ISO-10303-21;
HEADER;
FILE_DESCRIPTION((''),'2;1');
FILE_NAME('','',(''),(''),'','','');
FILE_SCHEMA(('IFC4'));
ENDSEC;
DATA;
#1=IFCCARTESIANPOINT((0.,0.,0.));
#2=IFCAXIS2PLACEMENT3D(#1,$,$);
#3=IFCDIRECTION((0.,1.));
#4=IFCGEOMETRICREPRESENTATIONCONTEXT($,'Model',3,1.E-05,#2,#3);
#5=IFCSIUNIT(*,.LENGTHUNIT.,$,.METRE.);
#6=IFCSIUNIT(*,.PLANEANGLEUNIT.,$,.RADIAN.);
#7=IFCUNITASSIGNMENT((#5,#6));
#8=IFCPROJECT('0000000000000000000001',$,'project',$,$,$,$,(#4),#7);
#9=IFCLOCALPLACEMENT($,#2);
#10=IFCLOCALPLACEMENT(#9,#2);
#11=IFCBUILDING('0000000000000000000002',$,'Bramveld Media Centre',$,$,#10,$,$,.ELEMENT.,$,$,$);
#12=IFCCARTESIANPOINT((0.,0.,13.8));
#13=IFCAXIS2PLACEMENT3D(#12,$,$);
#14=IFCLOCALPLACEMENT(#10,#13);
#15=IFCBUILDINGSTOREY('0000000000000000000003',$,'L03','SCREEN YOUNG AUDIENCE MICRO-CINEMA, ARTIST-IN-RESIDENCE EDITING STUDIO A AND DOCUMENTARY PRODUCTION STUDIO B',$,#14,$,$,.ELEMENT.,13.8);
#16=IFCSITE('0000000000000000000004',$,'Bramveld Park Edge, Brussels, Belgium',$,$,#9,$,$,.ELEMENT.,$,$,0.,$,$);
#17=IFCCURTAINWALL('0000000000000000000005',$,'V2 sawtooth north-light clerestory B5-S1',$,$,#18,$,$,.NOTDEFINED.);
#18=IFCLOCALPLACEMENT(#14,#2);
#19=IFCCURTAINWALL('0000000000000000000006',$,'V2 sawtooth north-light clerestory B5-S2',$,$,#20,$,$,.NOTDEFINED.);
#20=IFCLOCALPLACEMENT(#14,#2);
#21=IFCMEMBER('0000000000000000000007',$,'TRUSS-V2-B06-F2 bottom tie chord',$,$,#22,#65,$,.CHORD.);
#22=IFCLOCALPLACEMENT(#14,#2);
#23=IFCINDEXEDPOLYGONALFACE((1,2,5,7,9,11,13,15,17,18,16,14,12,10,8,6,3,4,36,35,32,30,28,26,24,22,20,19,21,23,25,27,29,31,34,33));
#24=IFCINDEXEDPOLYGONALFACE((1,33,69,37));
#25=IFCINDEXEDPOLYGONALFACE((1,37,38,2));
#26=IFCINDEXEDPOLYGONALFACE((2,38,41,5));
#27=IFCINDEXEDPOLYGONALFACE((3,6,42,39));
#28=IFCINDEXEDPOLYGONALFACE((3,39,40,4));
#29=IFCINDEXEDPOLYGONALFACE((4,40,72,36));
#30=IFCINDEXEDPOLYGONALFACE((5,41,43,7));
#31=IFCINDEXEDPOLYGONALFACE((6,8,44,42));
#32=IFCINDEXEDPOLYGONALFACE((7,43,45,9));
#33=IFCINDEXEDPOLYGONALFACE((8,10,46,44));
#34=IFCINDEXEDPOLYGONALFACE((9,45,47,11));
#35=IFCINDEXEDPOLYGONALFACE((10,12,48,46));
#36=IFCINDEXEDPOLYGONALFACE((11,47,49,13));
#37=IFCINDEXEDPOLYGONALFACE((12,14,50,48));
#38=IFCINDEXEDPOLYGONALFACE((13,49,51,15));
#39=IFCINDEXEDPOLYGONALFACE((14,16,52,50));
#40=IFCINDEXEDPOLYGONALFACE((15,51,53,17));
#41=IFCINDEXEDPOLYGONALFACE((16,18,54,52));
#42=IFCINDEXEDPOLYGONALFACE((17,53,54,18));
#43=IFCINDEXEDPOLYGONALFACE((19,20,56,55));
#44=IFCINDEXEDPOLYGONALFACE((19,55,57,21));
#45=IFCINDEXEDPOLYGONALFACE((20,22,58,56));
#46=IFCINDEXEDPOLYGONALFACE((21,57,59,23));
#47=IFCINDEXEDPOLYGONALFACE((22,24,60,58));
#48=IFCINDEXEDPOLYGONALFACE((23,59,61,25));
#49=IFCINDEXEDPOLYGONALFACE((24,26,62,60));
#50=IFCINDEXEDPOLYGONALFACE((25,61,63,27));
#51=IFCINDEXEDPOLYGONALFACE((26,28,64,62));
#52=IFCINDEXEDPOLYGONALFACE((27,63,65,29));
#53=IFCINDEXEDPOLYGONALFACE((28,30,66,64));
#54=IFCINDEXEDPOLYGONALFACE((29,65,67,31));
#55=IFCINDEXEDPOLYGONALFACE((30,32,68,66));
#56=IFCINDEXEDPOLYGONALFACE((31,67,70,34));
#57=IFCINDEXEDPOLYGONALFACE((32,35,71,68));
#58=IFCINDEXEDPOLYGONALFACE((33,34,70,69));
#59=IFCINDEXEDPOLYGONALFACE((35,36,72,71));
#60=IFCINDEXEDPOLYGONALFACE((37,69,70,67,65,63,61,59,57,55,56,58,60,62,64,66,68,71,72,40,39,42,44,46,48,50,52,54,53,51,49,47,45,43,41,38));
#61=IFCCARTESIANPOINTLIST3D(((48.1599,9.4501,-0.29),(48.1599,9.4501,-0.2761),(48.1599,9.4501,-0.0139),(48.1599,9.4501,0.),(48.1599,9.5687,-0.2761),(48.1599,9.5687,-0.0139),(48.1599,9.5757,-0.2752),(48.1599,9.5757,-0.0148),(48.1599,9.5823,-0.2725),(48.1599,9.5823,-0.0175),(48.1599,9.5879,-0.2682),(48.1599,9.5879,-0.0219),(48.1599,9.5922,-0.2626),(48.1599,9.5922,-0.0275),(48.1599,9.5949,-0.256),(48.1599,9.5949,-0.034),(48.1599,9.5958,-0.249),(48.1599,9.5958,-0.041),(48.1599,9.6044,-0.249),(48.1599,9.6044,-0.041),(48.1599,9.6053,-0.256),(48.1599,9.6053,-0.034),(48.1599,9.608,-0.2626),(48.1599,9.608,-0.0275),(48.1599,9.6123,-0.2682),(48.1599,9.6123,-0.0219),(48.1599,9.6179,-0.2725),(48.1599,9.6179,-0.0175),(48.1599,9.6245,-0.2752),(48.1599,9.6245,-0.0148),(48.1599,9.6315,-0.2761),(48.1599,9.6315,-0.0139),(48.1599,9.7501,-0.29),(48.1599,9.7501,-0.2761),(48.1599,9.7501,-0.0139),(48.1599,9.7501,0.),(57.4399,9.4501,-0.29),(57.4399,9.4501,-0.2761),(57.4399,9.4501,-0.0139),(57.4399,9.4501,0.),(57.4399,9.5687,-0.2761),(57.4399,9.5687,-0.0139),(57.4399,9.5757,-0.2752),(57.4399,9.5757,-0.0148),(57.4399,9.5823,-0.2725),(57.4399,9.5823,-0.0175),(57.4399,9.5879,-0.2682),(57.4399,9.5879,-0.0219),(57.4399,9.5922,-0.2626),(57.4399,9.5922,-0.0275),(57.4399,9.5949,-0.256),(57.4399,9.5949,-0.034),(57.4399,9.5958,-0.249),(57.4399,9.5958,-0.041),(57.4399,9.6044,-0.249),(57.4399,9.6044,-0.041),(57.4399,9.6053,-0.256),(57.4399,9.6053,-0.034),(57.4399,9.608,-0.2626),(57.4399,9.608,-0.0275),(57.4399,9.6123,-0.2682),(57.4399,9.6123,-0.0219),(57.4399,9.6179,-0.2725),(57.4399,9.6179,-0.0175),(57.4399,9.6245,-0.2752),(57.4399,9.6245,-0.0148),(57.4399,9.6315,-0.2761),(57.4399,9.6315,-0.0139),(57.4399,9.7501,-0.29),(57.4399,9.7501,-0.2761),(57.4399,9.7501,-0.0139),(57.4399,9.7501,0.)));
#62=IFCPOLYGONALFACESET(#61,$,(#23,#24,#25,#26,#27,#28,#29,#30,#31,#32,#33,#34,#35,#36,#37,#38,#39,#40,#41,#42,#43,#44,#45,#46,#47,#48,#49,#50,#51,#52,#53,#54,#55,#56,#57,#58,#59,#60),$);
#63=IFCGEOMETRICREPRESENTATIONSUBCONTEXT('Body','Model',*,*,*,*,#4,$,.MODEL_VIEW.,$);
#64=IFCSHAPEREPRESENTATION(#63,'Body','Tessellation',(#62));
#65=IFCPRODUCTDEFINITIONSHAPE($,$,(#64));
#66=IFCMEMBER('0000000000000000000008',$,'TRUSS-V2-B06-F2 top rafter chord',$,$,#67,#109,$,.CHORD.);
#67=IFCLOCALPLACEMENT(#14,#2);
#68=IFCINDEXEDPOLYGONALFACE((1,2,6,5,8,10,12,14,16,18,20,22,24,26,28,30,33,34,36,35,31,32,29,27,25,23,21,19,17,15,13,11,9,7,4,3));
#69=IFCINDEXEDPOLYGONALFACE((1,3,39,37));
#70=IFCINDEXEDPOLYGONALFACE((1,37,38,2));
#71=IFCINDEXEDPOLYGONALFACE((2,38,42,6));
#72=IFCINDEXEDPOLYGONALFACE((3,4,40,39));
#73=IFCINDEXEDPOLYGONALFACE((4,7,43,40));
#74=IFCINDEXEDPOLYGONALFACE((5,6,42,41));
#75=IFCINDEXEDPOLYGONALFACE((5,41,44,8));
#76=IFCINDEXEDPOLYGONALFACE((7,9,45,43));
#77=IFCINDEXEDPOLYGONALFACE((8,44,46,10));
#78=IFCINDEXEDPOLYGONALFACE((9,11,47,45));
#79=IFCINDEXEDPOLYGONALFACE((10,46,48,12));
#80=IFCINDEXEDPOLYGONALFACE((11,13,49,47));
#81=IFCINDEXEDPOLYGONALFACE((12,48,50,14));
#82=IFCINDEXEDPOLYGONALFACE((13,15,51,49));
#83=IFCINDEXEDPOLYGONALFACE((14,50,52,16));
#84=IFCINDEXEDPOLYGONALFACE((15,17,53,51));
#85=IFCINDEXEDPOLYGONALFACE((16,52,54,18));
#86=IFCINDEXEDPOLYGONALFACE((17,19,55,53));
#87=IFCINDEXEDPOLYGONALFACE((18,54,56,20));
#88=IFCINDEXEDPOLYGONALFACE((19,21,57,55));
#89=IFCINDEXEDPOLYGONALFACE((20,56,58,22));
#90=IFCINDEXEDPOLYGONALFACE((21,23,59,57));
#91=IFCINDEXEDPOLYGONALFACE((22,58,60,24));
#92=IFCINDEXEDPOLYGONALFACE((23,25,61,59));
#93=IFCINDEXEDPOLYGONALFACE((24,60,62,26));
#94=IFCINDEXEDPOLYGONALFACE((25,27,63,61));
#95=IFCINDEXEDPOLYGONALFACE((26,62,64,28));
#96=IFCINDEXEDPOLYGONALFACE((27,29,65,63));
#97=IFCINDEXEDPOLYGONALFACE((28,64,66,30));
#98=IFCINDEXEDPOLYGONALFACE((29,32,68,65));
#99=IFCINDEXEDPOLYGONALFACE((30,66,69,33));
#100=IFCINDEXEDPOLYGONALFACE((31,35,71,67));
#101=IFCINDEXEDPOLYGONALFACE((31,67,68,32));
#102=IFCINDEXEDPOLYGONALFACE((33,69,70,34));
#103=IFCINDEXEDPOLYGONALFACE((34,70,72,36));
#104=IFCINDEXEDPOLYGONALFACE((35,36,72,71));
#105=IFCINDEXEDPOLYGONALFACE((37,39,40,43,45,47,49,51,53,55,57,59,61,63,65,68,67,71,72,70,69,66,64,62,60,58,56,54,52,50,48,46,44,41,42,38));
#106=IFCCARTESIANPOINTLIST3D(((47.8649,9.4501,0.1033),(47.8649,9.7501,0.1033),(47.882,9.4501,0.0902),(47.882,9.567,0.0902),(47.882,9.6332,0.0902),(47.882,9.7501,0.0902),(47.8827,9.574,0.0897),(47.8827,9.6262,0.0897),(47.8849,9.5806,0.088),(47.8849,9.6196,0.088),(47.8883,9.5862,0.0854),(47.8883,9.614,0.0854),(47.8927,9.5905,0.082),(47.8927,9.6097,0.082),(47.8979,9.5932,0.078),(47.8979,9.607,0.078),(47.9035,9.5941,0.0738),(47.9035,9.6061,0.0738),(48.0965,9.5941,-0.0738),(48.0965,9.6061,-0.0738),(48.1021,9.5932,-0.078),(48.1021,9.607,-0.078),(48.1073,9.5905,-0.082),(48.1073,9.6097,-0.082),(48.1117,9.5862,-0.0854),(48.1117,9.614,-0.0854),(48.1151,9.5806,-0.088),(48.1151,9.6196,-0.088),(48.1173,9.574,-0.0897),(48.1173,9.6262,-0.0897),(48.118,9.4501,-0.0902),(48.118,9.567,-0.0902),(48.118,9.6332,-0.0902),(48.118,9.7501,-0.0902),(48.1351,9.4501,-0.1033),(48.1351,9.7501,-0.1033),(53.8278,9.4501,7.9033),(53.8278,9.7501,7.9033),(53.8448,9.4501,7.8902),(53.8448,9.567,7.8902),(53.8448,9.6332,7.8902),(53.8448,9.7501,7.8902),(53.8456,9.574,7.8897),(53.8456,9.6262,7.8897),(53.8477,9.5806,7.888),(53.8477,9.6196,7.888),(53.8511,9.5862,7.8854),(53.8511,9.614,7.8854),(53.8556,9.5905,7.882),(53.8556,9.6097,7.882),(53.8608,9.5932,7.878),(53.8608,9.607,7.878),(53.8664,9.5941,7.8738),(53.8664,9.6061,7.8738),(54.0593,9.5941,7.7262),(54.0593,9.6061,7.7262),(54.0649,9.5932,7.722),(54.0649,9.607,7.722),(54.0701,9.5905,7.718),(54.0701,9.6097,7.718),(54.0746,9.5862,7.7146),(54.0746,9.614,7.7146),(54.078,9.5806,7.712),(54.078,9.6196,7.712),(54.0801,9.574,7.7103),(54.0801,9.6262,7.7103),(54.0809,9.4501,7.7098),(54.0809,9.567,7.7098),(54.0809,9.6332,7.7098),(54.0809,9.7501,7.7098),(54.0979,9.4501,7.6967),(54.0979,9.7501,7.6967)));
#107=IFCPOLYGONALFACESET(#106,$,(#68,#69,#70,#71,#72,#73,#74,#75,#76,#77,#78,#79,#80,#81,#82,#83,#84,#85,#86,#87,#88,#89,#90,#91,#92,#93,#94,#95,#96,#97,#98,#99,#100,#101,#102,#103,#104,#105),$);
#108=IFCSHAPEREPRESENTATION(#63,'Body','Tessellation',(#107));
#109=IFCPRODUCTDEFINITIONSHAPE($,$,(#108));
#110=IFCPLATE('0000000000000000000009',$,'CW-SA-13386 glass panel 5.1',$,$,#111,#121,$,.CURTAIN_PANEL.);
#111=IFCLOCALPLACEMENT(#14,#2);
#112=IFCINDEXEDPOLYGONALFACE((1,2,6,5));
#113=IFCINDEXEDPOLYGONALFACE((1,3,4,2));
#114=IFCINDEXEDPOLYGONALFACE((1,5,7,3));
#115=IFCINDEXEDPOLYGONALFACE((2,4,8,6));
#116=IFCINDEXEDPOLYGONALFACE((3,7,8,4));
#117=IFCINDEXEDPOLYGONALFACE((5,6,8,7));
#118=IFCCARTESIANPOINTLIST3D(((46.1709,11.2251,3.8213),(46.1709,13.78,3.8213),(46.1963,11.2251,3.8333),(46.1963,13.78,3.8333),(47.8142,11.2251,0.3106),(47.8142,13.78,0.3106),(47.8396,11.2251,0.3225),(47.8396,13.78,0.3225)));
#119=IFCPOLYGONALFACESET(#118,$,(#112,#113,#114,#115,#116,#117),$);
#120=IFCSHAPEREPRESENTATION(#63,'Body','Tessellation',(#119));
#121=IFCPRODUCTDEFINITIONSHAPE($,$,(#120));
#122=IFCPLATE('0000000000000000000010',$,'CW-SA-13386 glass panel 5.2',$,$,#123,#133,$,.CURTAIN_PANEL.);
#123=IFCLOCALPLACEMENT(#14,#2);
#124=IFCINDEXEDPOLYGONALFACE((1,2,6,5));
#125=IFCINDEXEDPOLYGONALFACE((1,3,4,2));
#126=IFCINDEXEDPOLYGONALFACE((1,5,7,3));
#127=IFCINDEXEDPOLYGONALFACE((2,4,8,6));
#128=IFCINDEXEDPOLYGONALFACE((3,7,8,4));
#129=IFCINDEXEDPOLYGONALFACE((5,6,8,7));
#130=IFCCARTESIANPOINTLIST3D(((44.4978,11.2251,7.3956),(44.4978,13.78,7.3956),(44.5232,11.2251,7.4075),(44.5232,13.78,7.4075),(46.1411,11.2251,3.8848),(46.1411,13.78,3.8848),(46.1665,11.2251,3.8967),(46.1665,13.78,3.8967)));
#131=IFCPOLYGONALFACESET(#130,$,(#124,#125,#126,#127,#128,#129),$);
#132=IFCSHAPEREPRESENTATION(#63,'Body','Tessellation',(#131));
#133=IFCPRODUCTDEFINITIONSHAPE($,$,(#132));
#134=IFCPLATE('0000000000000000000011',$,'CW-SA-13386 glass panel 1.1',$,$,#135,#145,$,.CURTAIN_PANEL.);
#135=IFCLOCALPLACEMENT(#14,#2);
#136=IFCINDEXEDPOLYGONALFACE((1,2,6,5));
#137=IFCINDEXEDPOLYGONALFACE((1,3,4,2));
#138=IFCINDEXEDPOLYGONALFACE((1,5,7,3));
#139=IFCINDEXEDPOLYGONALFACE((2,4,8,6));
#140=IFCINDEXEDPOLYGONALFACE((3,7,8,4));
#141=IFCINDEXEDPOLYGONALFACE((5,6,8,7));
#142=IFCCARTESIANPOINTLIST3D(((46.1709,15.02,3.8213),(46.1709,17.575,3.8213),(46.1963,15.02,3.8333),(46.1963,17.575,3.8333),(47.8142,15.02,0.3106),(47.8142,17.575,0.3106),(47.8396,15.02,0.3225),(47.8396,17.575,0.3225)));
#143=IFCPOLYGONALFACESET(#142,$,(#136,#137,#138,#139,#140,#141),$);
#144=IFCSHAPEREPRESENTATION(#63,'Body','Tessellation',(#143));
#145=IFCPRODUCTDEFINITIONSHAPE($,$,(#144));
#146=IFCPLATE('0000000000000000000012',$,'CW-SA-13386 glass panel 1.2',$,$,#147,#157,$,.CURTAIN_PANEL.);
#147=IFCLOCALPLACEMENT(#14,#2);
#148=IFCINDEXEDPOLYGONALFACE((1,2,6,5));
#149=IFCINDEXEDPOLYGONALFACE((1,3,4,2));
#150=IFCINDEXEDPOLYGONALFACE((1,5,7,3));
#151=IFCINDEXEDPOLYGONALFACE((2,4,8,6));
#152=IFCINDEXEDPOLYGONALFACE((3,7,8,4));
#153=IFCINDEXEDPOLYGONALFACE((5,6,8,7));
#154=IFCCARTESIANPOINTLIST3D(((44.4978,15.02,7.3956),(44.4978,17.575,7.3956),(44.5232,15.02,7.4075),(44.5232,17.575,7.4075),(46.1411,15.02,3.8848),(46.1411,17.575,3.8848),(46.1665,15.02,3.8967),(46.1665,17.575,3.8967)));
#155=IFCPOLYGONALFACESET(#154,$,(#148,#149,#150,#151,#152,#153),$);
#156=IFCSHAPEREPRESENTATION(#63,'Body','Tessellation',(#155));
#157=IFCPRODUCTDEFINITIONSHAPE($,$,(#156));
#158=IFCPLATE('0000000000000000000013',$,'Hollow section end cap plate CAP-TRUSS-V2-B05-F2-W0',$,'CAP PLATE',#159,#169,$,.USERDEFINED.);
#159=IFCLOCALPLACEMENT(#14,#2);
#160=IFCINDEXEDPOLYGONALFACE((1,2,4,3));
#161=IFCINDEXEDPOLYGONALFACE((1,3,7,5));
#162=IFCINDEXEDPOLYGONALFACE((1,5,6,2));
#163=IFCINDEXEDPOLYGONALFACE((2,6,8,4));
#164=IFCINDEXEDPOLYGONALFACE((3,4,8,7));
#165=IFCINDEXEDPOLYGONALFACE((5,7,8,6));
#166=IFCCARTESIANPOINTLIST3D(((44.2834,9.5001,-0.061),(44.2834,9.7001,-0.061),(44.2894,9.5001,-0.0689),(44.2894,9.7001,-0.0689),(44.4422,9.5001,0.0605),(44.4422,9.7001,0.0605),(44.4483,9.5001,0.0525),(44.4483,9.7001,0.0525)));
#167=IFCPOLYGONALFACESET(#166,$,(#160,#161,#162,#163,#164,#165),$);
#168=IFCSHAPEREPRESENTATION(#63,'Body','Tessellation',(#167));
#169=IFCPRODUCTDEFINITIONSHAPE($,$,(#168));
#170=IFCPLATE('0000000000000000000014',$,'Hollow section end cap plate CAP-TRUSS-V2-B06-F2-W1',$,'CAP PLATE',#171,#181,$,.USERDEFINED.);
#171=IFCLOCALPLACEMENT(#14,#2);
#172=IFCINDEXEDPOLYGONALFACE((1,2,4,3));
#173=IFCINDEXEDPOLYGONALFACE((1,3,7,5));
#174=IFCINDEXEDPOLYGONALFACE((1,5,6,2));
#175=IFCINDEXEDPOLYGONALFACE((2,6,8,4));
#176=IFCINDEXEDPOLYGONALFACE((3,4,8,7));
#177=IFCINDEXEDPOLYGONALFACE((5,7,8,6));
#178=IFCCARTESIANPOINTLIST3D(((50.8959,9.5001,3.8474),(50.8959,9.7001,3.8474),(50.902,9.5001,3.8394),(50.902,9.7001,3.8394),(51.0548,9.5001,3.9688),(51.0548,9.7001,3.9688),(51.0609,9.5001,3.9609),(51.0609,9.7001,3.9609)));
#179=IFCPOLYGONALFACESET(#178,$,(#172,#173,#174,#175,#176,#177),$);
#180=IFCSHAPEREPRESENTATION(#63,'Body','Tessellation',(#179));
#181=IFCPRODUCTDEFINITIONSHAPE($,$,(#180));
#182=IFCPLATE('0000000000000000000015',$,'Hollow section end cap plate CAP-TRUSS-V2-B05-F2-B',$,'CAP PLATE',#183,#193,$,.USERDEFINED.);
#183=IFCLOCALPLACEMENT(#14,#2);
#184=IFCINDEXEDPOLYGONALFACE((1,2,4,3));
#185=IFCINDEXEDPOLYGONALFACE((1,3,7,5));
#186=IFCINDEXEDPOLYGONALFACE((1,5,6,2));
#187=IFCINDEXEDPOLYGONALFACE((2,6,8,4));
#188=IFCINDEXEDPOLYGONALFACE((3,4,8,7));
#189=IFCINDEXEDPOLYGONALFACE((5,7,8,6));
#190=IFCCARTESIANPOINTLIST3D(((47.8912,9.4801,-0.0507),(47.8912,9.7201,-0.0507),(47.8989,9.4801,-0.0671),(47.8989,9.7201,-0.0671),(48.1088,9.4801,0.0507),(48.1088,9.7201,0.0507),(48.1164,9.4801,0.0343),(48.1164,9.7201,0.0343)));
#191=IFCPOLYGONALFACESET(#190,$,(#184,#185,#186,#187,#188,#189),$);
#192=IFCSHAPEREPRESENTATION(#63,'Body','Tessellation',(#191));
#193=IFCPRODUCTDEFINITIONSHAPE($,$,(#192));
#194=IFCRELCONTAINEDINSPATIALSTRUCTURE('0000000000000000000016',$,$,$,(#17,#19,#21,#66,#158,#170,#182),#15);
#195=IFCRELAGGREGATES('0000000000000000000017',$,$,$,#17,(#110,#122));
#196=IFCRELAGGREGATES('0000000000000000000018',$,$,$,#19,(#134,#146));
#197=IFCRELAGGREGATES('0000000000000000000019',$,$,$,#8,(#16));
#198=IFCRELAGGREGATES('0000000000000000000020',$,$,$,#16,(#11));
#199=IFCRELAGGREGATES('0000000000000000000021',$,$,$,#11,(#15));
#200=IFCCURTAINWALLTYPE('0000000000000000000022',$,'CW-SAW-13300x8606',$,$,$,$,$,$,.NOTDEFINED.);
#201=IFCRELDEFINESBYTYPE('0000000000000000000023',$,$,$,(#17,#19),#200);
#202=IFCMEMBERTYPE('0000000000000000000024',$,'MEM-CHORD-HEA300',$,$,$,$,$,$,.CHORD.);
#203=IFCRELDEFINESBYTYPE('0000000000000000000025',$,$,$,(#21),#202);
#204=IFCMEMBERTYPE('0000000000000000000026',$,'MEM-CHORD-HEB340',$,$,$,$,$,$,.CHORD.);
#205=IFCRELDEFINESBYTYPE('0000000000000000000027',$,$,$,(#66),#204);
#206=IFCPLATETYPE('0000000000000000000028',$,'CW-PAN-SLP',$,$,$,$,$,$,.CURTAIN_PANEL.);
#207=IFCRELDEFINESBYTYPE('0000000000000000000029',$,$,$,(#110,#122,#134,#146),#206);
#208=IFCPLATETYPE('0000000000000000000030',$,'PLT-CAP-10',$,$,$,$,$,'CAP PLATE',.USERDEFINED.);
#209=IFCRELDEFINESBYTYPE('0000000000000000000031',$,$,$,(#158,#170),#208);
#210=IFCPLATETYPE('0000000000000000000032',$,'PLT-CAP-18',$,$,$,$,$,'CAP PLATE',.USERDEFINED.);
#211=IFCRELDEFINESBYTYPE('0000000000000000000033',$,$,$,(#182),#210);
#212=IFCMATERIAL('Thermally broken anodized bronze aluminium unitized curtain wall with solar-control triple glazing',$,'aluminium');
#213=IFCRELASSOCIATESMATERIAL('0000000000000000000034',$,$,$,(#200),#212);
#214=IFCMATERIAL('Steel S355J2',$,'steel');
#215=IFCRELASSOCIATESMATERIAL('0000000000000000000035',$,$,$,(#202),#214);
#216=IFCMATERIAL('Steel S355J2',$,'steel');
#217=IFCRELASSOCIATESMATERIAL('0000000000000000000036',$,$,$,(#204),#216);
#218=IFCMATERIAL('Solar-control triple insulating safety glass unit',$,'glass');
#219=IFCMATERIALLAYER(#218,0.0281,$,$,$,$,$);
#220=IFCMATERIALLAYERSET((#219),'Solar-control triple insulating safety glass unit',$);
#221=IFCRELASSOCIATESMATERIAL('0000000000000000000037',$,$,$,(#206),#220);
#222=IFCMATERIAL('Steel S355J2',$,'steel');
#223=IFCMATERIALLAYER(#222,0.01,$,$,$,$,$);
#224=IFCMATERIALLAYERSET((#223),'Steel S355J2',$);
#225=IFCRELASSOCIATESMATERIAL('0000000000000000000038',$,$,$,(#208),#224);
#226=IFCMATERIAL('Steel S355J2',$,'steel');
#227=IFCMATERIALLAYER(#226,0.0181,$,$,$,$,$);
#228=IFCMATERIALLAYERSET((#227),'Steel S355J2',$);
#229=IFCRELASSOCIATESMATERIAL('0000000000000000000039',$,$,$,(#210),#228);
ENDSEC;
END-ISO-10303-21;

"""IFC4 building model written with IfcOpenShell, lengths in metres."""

from ifc_helpers import new_model, si_unit, direction, frame, origin, origin_2d, place, context, subcontext, project, spatial, polyline, rectangle, i_section, outline, extrude, material, layer, layer_set, material_profile, profile_set, type_object, element, aggregate, save


model = new_model("IFC4")

# Units and contexts
model_context = context("Model", 3, precision=1e-05, world=origin(), true_north=direction((0.0, 1.0)))
body_context = subcontext(model_context, "Body", "Model", "MODEL_VIEW")
ifc_project = project(units=[si_unit("LENGTHUNIT", "METRE"), si_unit("PLANEANGLEUNIT", "RADIAN")], contexts=[model_context])

# Site, building, storey
site_placement = place(None, origin())
site = spatial("IfcSite", under=ifc_project, at=site_placement, Name="Bramveld Park Edge, Brussels, Belgium", CompositionType="ELEMENT", RefElevation=0.0)
building_placement = place(site_placement, origin())
building = spatial("IfcBuilding", under=site, at=building_placement, Name="Bramveld Media Centre", CompositionType="ELEMENT")
storey_placement = place(building_placement, frame((0.0, 0.0, 13.8)))
storey = spatial("IfcBuildingStorey", under=building, at=storey_placement, Name="L03", Description="SCREEN YOUNG AUDIENCE MICRO-CINEMA, ARTIST-IN-RESIDENCE EDITING STUDIO A AND DOCUMENTARY PRODUCTION STUDIO B", CompositionType="ELEMENT", Elevation=13.8)

# Curtain walls
ifc_material_1 = material(Name="Thermally broken anodized bronze aluminium unitized curtain wall with solar-control triple glazing", Category="aluminium")
curtain_wall_type = type_object("IfcCurtainWallType", Name="CW-SAW-13300x8606", PredefinedType="NOTDEFINED", material=ifc_material_1)
curtain_wall_1_placement = place(storey_placement, origin())
curtain_wall_1 = element("IfcCurtainWall", 1, at=curtain_wall_1_placement, inside=storey, type_object=curtain_wall_type, Name="V2 sawtooth north-light clerestory B5-S1", PredefinedType="NOTDEFINED")
curtain_wall_2_placement = place(storey_placement, origin())
curtain_wall_2 = element("IfcCurtainWall", 2, at=curtain_wall_2_placement, inside=storey, type_object=curtain_wall_type, Name="V2 sawtooth north-light clerestory B5-S2", PredefinedType="NOTDEFINED")

# Members
ifc_material_2 = material(Name="Steel S355J2", Category="steel")
ifc_material_profile_1 = material_profile(ifc_material_2, i_section(OverallWidth=0.3, OverallDepth=0.29, WebThickness=0.0085, FlangeThickness=0.0139, FilletRadius=0.0271, at=origin_2d()), Name="HEA 300")
ifc_profile_set_1 = profile_set([ifc_material_profile_1], Name="Steel S355J2")
member_type_1 = type_object("IfcMemberType", Name="MEM-CHORD-HEA300", PredefinedType="CHORD", material=ifc_profile_set_1)
member_1_placement = place(storey_placement, frame((48.1599, 9.6001, -0.145), z_axis=(1.0, 0.0, 0.0), x_axis=(0.0, 1.0, 0.0)))
element("IfcMember", 3, at=member_1_placement, inside=storey, type_object=member_type_1, Name="TRUSS-V2-B06-F2 bottom tie chord", PredefinedType="CHORD", context=body_context, shape_type="SweptSolid", body=[
    extrude(i_section(OverallWidth=0.3, OverallDepth=0.29, WebThickness=0.0085, FlangeThickness=0.0139, FilletRadius=0.0271, at=origin_2d()), origin(), (0.0, 0.0, 1.0), 9.28),
])
ifc_material_3 = material(Name="Steel S355J2", Category="steel")
ifc_material_profile_2 = material_profile(ifc_material_3, i_section(OverallWidth=0.3, OverallDepth=0.3401, WebThickness=0.012, FlangeThickness=0.0215, FilletRadius=0.0271, at=origin_2d()), Name="HEB 340")
ifc_profile_set_2 = profile_set([ifc_material_profile_2], Name="Steel S355J2")
member_type_2 = type_object("IfcMemberType", Name="MEM-CHORD-HEB340", PredefinedType="CHORD", material=ifc_profile_set_2)
member_2_placement = place(storey_placement, frame((48.0, 9.6001, 0.0), z_axis=(0.607331, 0.0, 0.794449), x_axis=(0.0, 1.0, 0.0)))
element("IfcMember", 4, at=member_2_placement, inside=storey, type_object=member_type_2, Name="TRUSS-V2-B06-F2 top rafter chord", PredefinedType="CHORD", context=body_context, shape_type="SweptSolid", body=[
    extrude(i_section(OverallWidth=0.3, OverallDepth=0.3401, WebThickness=0.012, FlangeThickness=0.0215, FilletRadius=0.0271, at=origin_2d()), origin(), (0.0, 0.0, 1.0), 9.8181),
])

# Plates
ifc_material_4 = material(Name="Solar-control triple insulating safety glass unit", Category="glass")
ifc_layer_1 = layer(ifc_material_4, 0.0281)
ifc_layer_set_1 = layer_set([ifc_layer_1], Name="Solar-control triple insulating safety glass unit")
plate_type_1 = type_object("IfcPlateType", Name="CW-PAN-SLP", PredefinedType="CURTAIN_PANEL", material=ifc_layer_set_1)
plate_1_placement = place(storey_placement, frame((47.8396, 11.2251, 0.3225), z_axis=(0.905692, 0.0, 0.423937), x_axis=(0.0, 1.0, 0.0)))
plate_1 = element("IfcPlate", 5, at=plate_1_placement, type_object=plate_type_1, Name="CW-SA-13386 glass panel 5.1", PredefinedType="CURTAIN_PANEL", context=body_context, shape_type="SweptSolid", body=[
    extrude(outline(polyline([(0.0, 0.0), (2.5549, 0.0), (2.5549, 3.8763), (0.0, 3.8763), (0.0, 0.0)])), origin(), (0.0, 0.0, -1.0), 0.0281),
])
plate_2_placement = place(storey_placement, frame((46.1665, 11.2251, 3.8967), z_axis=(0.905692, 0.0, 0.423937), x_axis=(0.0, 1.0, 0.0)))
plate_2 = element("IfcPlate", 6, at=plate_2_placement, type_object=plate_type_1, Name="CW-SA-13386 glass panel 5.2", PredefinedType="CURTAIN_PANEL", context=body_context, shape_type="SweptSolid", body=[
    extrude(outline(polyline([(0.0, 0.0), (2.5549, 0.0), (2.5549, 3.8763), (0.0, 3.8763), (0.0, 0.0)])), origin(), (0.0, 0.0, -1.0), 0.0281),
])
aggregate(curtain_wall_1, [plate_1, plate_2])
plate_3_placement = place(storey_placement, frame((47.8396, 15.02, 0.3225), z_axis=(0.905692, 0.0, 0.423937), x_axis=(0.0, 1.0, 0.0)))
plate_3 = element("IfcPlate", 7, at=plate_3_placement, type_object=plate_type_1, Name="CW-SA-13386 glass panel 1.1", PredefinedType="CURTAIN_PANEL", context=body_context, shape_type="SweptSolid", body=[
    extrude(outline(polyline([(0.0, 0.0), (2.5549, 0.0), (2.5549, 3.8763), (0.0, 3.8763), (0.0, 0.0)])), origin(), (0.0, 0.0, -1.0), 0.0281),
])
plate_4_placement = place(storey_placement, frame((46.1665, 15.02, 3.8967), z_axis=(0.905692, 0.0, 0.423937), x_axis=(0.0, 1.0, 0.0)))
plate_4 = element("IfcPlate", 8, at=plate_4_placement, type_object=plate_type_1, Name="CW-SA-13386 glass panel 1.2", PredefinedType="CURTAIN_PANEL", context=body_context, shape_type="SweptSolid", body=[
    extrude(outline(polyline([(0.0, 0.0), (2.5549, 0.0), (2.5549, 3.8763), (0.0, 3.8763), (0.0, 0.0)])), origin(), (0.0, 0.0, -1.0), 0.0281),
])
aggregate(curtain_wall_2, [plate_3, plate_4])

# Plates
ifc_material_5 = material(Name="Steel S355J2", Category="steel")
ifc_layer_2 = layer(ifc_material_5, 0.01)
ifc_layer_set_2 = layer_set([ifc_layer_2], Name="Steel S355J2")
plate_type_2 = type_object("IfcPlateType", Name="PLT-CAP-10", ElementType="CAP PLATE", PredefinedType="USERDEFINED", material=ifc_layer_set_2)
for number, where, z_axis, x_axis, name in (
    (9, (44.3628, 9.6001, -0.0002), (0.607328, 0.0, -0.794451), (0.0, 1.0, 0.0), "Hollow section end cap plate CAP-TRUSS-V2-B05-F2-W0"),
    (10, (50.9814, 9.6001, 3.9001), (-0.607328, 0.0, 0.794451), (0.0, -1.0, 0.0), "Hollow section end cap plate CAP-TRUSS-V2-B06-F2-W1"),
):
    element("IfcPlate", number, at=place(storey_placement, frame(where, z_axis=z_axis, x_axis=x_axis)), inside=storey, type_object=plate_type_2, Name=name, ObjectType="CAP PLATE", PredefinedType="USERDEFINED", context=body_context, shape_type="SweptSolid", body=[
        extrude(rectangle(XDim=0.2, YDim=0.2, at=origin_2d()), origin(), (0.0, 0.0, 1.0), 0.01),
    ])
ifc_material_6 = material(Name="Steel S355J2", Category="steel")
ifc_layer_3 = layer(ifc_material_6, 0.0181)
ifc_layer_set_3 = layer_set([ifc_layer_3], Name="Steel S355J2")
plate_type_3 = type_object("IfcPlateType", Name="PLT-CAP-18", ElementType="CAP PLATE", PredefinedType="USERDEFINED", material=ifc_layer_set_3)
plate_5_placement = place(storey_placement, frame((48.0, 9.6001, 0.0), z_axis=(0.422618, 0.0, -0.906308), x_axis=(0.0, 1.0, 0.0)))
element("IfcPlate", 11, at=plate_5_placement, inside=storey, type_object=plate_type_3, Name="Hollow section end cap plate CAP-TRUSS-V2-B05-F2-B", ObjectType="CAP PLATE", PredefinedType="USERDEFINED", context=body_context, shape_type="SweptSolid", body=[
    extrude(rectangle(XDim=0.24, YDim=0.24, at=origin_2d()), origin(), (0.0, 0.0, 1.0), 0.0181),
])

save(model, "model.ifc")
